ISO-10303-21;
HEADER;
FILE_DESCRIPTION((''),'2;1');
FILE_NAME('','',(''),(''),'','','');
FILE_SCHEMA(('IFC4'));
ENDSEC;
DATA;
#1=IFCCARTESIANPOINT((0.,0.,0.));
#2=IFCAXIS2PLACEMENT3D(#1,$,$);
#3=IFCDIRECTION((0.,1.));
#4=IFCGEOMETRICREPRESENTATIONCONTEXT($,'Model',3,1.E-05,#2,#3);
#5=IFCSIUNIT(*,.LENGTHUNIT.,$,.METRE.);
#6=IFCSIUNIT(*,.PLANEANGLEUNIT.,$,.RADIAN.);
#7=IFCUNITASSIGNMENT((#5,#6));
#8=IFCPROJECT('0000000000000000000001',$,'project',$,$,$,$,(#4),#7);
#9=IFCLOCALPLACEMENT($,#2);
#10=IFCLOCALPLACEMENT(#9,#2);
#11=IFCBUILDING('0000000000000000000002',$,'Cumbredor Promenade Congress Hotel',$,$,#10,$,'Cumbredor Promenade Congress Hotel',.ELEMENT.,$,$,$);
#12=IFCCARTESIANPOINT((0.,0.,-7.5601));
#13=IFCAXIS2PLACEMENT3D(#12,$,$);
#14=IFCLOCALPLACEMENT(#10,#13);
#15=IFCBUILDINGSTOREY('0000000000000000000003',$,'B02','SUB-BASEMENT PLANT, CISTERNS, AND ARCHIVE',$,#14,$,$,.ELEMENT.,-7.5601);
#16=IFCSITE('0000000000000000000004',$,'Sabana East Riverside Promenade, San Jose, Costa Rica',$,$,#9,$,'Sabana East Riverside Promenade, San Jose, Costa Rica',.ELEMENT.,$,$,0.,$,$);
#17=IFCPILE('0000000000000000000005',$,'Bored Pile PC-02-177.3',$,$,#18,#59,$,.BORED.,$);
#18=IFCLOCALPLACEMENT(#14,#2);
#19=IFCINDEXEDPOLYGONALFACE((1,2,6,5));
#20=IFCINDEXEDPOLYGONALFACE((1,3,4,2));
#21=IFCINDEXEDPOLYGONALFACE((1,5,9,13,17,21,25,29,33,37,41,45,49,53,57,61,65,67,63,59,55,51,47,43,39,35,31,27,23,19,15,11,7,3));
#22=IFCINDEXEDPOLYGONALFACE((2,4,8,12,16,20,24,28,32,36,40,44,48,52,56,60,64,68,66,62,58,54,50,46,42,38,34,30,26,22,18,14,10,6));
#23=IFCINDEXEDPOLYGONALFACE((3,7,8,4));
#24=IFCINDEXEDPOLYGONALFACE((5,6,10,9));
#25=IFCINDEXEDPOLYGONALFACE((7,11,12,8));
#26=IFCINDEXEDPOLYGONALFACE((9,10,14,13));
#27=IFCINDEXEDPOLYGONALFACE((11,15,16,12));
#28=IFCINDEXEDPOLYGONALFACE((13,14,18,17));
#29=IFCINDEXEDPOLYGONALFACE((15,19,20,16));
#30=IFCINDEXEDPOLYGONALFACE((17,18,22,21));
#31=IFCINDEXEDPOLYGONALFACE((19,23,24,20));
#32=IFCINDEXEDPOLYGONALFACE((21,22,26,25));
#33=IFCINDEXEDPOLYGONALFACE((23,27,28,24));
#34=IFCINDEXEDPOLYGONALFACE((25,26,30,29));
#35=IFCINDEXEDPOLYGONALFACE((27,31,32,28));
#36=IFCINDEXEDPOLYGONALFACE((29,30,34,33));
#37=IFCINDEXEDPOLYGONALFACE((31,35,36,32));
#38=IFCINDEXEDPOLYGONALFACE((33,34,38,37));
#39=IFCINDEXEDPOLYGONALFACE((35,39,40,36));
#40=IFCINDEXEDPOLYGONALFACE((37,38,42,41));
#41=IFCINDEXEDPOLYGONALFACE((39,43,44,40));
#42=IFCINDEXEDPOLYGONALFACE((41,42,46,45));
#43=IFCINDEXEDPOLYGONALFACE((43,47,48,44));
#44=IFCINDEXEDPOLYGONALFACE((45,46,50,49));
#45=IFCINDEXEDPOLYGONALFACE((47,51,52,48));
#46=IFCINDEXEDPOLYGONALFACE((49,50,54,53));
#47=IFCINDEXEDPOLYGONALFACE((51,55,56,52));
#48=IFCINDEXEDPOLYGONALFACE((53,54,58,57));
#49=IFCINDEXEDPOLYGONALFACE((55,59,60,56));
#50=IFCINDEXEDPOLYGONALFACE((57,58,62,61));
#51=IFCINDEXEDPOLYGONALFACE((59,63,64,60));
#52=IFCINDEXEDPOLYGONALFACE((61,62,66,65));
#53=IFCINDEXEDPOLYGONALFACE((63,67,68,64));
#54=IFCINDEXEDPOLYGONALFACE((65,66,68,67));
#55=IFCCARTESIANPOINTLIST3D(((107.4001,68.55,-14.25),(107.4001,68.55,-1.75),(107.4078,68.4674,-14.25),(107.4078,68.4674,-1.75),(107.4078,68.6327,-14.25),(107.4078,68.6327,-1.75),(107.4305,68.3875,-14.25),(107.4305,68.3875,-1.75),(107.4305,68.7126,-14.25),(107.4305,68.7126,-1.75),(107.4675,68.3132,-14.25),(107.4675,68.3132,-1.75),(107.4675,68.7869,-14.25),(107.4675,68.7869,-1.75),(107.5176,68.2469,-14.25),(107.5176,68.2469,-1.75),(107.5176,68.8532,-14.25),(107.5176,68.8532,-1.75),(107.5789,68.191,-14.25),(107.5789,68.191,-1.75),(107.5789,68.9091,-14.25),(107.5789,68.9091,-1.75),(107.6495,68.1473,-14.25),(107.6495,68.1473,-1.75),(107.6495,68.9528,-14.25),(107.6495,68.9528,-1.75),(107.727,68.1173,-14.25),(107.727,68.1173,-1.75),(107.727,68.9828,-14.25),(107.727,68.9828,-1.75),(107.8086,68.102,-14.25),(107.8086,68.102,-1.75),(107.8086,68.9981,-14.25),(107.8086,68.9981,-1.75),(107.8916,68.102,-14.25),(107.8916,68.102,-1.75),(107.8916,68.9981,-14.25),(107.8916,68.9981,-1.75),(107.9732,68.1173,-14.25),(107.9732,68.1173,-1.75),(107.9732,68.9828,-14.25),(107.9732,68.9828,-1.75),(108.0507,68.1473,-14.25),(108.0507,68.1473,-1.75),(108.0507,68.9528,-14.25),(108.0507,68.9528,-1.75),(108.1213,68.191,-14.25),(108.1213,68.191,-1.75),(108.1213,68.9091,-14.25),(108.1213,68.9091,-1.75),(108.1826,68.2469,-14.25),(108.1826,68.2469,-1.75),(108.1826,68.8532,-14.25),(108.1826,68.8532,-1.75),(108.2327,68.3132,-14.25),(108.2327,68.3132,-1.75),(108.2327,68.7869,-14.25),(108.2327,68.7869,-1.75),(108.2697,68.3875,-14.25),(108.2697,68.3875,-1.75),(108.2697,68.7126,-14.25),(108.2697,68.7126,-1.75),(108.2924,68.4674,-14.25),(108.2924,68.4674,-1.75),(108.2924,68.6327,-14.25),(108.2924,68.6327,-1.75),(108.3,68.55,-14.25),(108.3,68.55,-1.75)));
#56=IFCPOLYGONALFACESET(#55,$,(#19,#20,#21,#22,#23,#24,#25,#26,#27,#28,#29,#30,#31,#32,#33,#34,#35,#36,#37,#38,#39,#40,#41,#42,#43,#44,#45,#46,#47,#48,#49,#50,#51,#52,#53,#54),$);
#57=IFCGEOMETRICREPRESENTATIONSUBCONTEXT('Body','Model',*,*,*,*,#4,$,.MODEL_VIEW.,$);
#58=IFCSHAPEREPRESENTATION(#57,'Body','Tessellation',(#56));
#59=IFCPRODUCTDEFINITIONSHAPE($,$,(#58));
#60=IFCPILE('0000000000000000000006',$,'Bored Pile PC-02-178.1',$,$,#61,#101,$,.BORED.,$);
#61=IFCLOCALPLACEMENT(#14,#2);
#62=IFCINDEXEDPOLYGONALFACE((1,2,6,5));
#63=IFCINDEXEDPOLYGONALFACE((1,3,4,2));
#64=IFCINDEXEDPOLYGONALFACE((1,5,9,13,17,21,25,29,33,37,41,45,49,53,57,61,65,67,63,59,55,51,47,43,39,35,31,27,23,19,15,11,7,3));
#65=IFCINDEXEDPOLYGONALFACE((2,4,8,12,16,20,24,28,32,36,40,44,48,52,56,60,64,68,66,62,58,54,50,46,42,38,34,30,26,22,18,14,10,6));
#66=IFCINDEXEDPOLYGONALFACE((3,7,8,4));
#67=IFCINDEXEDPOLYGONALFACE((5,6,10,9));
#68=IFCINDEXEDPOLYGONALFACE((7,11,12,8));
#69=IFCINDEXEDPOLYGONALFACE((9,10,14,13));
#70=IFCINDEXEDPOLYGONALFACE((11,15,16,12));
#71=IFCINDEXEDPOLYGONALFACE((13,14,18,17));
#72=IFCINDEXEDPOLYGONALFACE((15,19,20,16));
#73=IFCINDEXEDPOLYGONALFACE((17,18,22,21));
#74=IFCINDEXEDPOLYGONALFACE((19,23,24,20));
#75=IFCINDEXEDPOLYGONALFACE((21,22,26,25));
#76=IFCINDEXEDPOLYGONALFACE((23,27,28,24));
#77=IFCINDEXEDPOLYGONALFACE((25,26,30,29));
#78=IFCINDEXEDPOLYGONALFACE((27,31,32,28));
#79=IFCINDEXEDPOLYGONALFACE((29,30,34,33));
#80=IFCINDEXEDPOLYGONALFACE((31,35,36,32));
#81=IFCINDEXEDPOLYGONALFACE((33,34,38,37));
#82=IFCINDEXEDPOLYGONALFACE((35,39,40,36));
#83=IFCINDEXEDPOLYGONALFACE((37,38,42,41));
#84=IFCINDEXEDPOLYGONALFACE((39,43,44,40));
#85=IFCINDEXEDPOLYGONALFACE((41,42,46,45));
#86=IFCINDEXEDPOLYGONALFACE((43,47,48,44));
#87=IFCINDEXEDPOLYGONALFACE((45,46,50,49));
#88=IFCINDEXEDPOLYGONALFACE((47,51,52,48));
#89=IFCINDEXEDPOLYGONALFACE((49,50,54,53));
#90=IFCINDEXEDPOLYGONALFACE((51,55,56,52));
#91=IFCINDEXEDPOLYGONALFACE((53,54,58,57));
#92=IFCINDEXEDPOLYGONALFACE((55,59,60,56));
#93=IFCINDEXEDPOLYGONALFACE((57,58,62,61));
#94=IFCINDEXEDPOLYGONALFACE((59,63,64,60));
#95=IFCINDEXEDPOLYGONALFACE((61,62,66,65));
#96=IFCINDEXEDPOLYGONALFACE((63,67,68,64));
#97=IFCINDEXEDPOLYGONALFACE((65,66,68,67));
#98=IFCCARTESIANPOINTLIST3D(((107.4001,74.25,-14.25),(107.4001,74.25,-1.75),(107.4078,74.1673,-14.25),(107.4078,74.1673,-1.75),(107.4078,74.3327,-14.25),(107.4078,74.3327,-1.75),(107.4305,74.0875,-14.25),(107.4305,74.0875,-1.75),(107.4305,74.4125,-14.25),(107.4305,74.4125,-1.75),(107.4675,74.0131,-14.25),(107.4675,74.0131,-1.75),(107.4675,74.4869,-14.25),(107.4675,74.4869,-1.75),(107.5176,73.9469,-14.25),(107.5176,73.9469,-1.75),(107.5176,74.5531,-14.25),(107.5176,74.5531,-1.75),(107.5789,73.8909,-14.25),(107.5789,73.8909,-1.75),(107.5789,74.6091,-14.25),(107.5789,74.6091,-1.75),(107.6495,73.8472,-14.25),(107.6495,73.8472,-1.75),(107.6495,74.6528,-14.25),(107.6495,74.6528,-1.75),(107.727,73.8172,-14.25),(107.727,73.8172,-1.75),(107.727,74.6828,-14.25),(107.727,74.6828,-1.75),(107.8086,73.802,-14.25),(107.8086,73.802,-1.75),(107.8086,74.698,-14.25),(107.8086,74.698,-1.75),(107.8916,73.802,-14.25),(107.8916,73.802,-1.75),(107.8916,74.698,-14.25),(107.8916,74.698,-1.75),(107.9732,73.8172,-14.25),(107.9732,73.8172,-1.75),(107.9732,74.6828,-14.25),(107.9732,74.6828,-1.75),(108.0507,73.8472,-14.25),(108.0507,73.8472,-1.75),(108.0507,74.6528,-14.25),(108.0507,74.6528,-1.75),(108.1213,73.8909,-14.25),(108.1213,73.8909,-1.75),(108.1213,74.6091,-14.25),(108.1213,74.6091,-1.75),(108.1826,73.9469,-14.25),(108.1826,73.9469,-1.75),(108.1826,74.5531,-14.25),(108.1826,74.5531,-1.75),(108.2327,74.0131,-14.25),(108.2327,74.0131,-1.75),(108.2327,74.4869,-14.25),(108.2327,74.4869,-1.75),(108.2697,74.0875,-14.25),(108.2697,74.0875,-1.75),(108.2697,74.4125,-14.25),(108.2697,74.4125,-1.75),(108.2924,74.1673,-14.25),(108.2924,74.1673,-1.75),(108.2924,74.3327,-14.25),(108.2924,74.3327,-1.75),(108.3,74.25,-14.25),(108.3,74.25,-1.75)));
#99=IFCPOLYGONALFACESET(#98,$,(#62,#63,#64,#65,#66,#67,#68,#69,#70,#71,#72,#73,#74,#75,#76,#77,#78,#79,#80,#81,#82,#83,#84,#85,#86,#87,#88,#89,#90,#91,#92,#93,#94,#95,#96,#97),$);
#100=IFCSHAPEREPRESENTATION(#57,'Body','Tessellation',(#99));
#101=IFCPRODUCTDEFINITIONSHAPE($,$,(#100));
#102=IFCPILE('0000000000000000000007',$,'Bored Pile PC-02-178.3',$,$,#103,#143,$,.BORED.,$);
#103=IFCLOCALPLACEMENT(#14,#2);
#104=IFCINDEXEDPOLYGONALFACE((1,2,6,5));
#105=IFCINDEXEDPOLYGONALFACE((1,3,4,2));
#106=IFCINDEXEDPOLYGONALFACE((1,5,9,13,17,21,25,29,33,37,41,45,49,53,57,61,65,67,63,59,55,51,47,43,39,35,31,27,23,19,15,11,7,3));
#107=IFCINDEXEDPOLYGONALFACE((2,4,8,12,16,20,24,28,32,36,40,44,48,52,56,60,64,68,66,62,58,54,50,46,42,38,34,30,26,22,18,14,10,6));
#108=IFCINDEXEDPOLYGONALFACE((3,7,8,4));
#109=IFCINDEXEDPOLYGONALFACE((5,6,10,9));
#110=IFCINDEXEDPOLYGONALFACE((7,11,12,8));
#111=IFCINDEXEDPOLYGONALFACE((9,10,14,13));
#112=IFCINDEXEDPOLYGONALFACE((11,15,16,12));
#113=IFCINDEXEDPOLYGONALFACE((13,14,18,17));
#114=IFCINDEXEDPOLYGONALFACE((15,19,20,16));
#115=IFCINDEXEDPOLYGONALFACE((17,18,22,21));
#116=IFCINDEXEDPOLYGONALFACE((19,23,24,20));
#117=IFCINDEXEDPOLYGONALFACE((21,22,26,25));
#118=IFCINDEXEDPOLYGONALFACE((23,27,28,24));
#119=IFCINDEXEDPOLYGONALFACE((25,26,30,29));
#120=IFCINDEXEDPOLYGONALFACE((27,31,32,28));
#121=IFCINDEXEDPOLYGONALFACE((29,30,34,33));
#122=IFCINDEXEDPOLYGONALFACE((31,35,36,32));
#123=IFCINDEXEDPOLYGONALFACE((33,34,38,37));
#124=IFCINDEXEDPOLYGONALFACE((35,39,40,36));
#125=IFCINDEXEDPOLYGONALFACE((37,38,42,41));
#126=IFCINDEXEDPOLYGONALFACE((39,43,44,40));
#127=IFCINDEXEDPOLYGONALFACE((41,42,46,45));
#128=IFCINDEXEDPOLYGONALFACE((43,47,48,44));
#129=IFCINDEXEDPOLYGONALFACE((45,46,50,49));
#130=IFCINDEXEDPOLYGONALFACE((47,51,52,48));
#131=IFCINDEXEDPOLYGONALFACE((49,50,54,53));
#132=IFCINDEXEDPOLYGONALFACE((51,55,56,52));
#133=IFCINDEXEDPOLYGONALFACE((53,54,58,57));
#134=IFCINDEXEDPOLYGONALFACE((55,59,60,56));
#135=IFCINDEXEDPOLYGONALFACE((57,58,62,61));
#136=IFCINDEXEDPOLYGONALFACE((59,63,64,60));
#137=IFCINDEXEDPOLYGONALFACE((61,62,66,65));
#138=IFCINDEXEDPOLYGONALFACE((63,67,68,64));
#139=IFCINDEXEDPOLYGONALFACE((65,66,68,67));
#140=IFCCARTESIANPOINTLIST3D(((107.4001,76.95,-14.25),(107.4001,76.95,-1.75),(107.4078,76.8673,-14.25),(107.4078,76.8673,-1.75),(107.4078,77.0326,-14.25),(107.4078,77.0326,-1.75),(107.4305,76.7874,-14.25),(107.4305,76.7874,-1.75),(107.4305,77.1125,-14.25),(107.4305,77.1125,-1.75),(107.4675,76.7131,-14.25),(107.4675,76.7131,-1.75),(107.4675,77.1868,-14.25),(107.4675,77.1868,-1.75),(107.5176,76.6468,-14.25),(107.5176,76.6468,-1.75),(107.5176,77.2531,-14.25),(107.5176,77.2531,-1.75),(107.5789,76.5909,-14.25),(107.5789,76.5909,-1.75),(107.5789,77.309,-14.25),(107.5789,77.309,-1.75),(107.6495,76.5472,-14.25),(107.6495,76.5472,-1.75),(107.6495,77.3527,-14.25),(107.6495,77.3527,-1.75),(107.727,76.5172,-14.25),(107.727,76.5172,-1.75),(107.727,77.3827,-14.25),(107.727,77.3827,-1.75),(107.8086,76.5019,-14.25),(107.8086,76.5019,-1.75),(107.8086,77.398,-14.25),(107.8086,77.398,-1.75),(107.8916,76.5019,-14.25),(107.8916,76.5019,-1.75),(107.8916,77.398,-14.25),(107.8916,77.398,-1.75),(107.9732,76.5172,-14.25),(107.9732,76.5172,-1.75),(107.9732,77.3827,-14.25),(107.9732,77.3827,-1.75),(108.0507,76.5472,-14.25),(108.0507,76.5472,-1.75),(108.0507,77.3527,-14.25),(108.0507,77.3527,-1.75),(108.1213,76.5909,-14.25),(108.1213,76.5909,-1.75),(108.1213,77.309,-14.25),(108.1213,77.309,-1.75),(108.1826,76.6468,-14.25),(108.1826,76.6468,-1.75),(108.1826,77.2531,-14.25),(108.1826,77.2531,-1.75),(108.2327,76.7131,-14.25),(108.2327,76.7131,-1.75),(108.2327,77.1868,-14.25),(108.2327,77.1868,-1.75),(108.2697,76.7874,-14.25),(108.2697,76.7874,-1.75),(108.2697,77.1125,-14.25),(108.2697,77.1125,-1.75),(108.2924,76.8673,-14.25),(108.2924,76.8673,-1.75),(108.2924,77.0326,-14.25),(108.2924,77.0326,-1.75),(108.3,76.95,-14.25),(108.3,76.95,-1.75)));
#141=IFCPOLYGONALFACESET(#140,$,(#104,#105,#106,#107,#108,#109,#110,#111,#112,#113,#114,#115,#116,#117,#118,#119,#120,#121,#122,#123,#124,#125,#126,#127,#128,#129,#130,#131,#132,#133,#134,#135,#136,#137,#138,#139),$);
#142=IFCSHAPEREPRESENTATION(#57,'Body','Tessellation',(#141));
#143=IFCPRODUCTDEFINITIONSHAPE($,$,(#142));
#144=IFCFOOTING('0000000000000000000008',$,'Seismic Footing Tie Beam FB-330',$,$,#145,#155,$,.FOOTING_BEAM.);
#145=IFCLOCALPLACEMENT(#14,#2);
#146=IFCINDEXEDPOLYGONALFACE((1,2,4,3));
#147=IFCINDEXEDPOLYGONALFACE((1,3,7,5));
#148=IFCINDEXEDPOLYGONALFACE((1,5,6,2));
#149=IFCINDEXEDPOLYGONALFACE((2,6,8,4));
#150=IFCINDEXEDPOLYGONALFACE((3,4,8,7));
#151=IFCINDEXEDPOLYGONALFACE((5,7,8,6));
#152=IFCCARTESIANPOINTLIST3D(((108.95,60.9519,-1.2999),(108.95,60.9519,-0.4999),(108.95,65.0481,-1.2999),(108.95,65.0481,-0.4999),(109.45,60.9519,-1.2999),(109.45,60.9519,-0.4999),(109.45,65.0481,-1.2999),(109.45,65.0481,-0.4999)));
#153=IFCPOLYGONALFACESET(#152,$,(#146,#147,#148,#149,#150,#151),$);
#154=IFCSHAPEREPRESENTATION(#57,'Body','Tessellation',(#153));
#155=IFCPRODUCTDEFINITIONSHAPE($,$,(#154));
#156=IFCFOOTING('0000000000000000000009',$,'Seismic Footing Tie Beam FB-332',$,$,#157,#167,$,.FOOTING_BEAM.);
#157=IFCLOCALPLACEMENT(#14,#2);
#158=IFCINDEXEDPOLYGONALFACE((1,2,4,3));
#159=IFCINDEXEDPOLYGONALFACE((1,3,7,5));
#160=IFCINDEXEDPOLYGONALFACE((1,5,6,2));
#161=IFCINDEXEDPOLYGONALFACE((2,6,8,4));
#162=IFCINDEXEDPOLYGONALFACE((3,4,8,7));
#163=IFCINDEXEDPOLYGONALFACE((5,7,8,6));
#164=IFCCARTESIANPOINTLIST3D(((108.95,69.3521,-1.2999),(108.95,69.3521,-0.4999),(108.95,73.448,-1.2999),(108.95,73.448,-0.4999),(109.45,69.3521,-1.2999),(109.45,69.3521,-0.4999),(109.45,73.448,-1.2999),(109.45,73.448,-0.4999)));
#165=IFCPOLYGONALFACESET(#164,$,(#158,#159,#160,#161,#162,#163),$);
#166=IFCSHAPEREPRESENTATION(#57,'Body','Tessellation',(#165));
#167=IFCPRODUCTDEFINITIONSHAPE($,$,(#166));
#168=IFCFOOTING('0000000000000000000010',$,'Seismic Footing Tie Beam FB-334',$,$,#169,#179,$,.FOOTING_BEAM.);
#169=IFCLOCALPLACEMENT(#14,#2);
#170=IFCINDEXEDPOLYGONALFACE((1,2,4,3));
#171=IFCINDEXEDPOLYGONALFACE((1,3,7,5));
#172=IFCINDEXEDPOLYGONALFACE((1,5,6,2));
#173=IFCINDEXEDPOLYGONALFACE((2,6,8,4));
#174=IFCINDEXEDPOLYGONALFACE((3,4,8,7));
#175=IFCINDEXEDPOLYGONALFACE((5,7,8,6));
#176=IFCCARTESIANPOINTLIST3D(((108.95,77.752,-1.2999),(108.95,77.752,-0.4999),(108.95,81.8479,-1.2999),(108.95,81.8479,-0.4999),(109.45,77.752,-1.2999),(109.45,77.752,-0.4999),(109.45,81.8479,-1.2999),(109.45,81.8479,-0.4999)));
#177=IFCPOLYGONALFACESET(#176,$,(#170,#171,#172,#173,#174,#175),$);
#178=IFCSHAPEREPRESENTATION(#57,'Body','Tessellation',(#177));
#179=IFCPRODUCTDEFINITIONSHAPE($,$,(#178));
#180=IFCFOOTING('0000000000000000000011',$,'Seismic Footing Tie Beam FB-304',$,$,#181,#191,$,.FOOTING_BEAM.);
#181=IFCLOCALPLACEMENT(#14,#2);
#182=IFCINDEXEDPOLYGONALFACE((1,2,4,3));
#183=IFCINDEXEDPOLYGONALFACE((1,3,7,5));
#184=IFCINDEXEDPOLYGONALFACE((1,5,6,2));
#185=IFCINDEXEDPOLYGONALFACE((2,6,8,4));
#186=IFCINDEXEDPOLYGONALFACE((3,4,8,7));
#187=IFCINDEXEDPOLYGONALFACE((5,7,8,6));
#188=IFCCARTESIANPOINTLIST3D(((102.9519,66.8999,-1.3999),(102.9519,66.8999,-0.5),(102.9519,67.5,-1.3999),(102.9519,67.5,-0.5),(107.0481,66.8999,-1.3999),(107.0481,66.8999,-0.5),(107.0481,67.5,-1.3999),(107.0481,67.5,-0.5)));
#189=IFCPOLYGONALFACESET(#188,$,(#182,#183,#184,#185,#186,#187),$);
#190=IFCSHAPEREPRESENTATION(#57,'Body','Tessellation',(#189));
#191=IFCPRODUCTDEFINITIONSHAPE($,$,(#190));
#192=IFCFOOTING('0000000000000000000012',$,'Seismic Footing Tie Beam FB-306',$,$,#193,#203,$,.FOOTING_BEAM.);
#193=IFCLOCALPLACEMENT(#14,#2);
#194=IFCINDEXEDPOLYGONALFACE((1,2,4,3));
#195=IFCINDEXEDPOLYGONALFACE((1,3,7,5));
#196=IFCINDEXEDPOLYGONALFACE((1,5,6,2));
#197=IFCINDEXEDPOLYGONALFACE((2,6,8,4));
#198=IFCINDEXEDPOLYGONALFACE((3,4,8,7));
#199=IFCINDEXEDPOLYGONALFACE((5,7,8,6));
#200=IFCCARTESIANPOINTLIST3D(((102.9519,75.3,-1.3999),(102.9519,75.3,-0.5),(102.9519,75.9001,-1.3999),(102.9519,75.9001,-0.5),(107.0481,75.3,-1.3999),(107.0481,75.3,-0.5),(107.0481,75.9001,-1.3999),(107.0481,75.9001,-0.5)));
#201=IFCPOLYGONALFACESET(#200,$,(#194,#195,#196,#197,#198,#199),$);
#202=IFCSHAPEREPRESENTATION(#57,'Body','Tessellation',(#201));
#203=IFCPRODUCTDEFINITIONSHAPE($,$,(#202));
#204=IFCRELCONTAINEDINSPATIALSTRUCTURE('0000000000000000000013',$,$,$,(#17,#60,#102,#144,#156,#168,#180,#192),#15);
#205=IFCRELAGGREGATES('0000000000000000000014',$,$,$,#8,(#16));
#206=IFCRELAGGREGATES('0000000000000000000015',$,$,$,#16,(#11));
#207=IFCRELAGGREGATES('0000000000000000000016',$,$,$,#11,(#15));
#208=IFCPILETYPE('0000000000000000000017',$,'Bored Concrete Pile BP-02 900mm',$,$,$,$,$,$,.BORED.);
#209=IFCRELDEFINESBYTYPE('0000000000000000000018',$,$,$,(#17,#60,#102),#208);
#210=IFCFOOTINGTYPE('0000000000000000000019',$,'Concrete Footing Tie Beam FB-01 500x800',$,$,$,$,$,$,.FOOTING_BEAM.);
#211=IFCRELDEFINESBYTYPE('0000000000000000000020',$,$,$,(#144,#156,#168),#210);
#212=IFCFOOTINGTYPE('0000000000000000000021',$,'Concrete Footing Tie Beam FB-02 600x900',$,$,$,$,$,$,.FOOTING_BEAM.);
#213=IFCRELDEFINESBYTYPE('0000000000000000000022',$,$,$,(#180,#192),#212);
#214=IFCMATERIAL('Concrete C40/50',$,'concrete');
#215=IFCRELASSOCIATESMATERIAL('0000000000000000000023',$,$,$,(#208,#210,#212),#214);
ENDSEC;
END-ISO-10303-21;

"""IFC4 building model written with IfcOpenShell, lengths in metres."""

from ifc_helpers import new_model, si_unit, direction, frame, origin, origin_2d, place, context, subcontext, project, spatial, rectangle, circle, extrude, material, material_profile, profile_set, type_object, element, save


model = new_model("IFC4")

# Units and contexts
model_context = context("Model", 3, precision=1e-05, world=origin(), true_north=direction((0.0, 1.0)))
body_context = subcontext(model_context, "Body", "Model", "MODEL_VIEW")
ifc_project = project(units=[si_unit("LENGTHUNIT", "METRE"), si_unit("PLANEANGLEUNIT", "RADIAN")], contexts=[model_context])

# Site, building, storey
site_placement = place(None, origin())
site = spatial("IfcSite", under=ifc_project, at=site_placement, Name="Sabana East Riverside Promenade, San Jose, Costa Rica", LongName="Sabana East Riverside Promenade, San Jose, Costa Rica", CompositionType="ELEMENT", RefElevation=0.0)
building_placement = place(site_placement, origin())
building = spatial("IfcBuilding", under=site, at=building_placement, Name="Cumbredor Promenade Congress Hotel", LongName="Cumbredor Promenade Congress Hotel", CompositionType="ELEMENT")
storey_placement = place(building_placement, frame((0.0, 0.0, -7.5601)))
storey = spatial("IfcBuildingStorey", under=building, at=storey_placement, Name="B02", Description="SUB-BASEMENT PLANT, CISTERNS, AND ARCHIVE", CompositionType="ELEMENT", Elevation=-7.5601)

# Piles
ifc_material_1 = material(Name="Concrete C40/50", Category="concrete")
ifc_material_profile_1 = material_profile(ifc_material_1, circle(Radius=0.45, at=origin_2d()), Name="PILE D900")
ifc_profile_set_1 = profile_set([ifc_material_profile_1], Name="Concrete C40/50")
pile_type = type_object("IfcPileType", Name="Bored Concrete Pile BP-02 900mm", PredefinedType="BORED", material=ifc_profile_set_1)
for number, where, z_axis, x_axis, name in (
    (1, (107.8501, 68.55, -1.75), (0.0, 0.0, -1.0), (1.0, 0.0, 0.0), "Bored Pile PC-02-177.3"),
    (2, (107.8501, 74.25, -1.75), (0.0, 0.0, -1.0), (1.0, 0.0, 0.0), "Bored Pile PC-02-178.1"),
    (3, (107.8501, 76.95, -1.75), (0.0, 0.0, -1.0), (1.0, 0.0, 0.0), "Bored Pile PC-02-178.3"),
):
    element("IfcPile", number, at=place(storey_placement, frame(where, z_axis=z_axis, x_axis=x_axis)), inside=storey, type_object=pile_type, Name=name, PredefinedType="BORED", context=body_context, shape_type="SweptSolid", body=[
        extrude(circle(Radius=0.45, at=origin_2d()), origin(), (0.0, 0.0, 1.0), 12.5),
    ])

# Footings
ifc_material_profile_2 = material_profile(ifc_material_1, rectangle(XDim=0.5, YDim=0.8, at=origin_2d()), Name="FB 500x800")
ifc_profile_set_2 = profile_set([ifc_material_profile_2], Name="Concrete C40/50")
footing_type_1 = type_object("IfcFootingType", Name="Concrete Footing Tie Beam FB-01 500x800", PredefinedType="FOOTING_BEAM", material=ifc_profile_set_2)
footing_placement = place(storey_placement, frame((109.2, 60.9519, -0.8999), z_axis=(0.0, 1.0, 0.0), x_axis=(-1.0, 0.0, 0.0)))
element("IfcFooting", 4, at=footing_placement, inside=storey, type_object=footing_type_1, Name="Seismic Footing Tie Beam FB-330", PredefinedType="FOOTING_BEAM", context=body_context, shape_type="SweptSolid", body=[
    extrude(rectangle(XDim=0.5, YDim=0.8, at=origin_2d()), origin(), (0.0, 0.0, 1.0), 4.0962),
])
for number, where, z_axis, x_axis, name in (
    (5, (109.2, 69.3521, -0.8999), (0.0, 1.0, 0.0), (-1.0, 0.0, 0.0), "Seismic Footing Tie Beam FB-332"),
    (6, (109.2, 77.752, -0.8999), (0.0, 1.0, 0.0), (-1.0, 0.0, 0.0), "Seismic Footing Tie Beam FB-334"),
):
    element("IfcFooting", number, at=place(storey_placement, frame(where, z_axis=z_axis, x_axis=x_axis)), inside=storey, type_object=footing_type_1, Name=name, PredefinedType="FOOTING_BEAM", context=body_context, shape_type="SweptSolid", body=[
        extrude(rectangle(XDim=0.5, YDim=0.8, at=origin_2d()), origin(), (0.0, 0.0, 1.0), 4.0959),
    ])
ifc_material_profile_3 = material_profile(ifc_material_1, rectangle(XDim=0.6001, YDim=0.8999, at=origin_2d()), Name="FB 600x900")
ifc_profile_set_3 = profile_set([ifc_material_profile_3], Name="Concrete C40/50")
footing_type_2 = type_object("IfcFootingType", Name="Concrete Footing Tie Beam FB-02 600x900", PredefinedType="FOOTING_BEAM", material=ifc_profile_set_3)
for number, where, z_axis, x_axis, name in (
    (7, (102.9519, 67.2, -0.95), (1.0, 0.0, 0.0), (0.0, 1.0, 0.0), "Seismic Footing Tie Beam FB-304"),
    (8, (102.9519, 75.6001, -0.95), (1.0, 0.0, 0.0), (0.0, 1.0, 0.0), "Seismic Footing Tie Beam FB-306"),
):
    element("IfcFooting", number, at=place(storey_placement, frame(where, z_axis=z_axis, x_axis=x_axis)), inside=storey, type_object=footing_type_2, Name=name, PredefinedType="FOOTING_BEAM", context=body_context, shape_type="SweptSolid", body=[
        extrude(rectangle(XDim=0.6001, YDim=0.8999, at=origin_2d()), origin(), (0.0, 0.0, 1.0), 4.0962),
    ])

save(model, "model.ifc")
